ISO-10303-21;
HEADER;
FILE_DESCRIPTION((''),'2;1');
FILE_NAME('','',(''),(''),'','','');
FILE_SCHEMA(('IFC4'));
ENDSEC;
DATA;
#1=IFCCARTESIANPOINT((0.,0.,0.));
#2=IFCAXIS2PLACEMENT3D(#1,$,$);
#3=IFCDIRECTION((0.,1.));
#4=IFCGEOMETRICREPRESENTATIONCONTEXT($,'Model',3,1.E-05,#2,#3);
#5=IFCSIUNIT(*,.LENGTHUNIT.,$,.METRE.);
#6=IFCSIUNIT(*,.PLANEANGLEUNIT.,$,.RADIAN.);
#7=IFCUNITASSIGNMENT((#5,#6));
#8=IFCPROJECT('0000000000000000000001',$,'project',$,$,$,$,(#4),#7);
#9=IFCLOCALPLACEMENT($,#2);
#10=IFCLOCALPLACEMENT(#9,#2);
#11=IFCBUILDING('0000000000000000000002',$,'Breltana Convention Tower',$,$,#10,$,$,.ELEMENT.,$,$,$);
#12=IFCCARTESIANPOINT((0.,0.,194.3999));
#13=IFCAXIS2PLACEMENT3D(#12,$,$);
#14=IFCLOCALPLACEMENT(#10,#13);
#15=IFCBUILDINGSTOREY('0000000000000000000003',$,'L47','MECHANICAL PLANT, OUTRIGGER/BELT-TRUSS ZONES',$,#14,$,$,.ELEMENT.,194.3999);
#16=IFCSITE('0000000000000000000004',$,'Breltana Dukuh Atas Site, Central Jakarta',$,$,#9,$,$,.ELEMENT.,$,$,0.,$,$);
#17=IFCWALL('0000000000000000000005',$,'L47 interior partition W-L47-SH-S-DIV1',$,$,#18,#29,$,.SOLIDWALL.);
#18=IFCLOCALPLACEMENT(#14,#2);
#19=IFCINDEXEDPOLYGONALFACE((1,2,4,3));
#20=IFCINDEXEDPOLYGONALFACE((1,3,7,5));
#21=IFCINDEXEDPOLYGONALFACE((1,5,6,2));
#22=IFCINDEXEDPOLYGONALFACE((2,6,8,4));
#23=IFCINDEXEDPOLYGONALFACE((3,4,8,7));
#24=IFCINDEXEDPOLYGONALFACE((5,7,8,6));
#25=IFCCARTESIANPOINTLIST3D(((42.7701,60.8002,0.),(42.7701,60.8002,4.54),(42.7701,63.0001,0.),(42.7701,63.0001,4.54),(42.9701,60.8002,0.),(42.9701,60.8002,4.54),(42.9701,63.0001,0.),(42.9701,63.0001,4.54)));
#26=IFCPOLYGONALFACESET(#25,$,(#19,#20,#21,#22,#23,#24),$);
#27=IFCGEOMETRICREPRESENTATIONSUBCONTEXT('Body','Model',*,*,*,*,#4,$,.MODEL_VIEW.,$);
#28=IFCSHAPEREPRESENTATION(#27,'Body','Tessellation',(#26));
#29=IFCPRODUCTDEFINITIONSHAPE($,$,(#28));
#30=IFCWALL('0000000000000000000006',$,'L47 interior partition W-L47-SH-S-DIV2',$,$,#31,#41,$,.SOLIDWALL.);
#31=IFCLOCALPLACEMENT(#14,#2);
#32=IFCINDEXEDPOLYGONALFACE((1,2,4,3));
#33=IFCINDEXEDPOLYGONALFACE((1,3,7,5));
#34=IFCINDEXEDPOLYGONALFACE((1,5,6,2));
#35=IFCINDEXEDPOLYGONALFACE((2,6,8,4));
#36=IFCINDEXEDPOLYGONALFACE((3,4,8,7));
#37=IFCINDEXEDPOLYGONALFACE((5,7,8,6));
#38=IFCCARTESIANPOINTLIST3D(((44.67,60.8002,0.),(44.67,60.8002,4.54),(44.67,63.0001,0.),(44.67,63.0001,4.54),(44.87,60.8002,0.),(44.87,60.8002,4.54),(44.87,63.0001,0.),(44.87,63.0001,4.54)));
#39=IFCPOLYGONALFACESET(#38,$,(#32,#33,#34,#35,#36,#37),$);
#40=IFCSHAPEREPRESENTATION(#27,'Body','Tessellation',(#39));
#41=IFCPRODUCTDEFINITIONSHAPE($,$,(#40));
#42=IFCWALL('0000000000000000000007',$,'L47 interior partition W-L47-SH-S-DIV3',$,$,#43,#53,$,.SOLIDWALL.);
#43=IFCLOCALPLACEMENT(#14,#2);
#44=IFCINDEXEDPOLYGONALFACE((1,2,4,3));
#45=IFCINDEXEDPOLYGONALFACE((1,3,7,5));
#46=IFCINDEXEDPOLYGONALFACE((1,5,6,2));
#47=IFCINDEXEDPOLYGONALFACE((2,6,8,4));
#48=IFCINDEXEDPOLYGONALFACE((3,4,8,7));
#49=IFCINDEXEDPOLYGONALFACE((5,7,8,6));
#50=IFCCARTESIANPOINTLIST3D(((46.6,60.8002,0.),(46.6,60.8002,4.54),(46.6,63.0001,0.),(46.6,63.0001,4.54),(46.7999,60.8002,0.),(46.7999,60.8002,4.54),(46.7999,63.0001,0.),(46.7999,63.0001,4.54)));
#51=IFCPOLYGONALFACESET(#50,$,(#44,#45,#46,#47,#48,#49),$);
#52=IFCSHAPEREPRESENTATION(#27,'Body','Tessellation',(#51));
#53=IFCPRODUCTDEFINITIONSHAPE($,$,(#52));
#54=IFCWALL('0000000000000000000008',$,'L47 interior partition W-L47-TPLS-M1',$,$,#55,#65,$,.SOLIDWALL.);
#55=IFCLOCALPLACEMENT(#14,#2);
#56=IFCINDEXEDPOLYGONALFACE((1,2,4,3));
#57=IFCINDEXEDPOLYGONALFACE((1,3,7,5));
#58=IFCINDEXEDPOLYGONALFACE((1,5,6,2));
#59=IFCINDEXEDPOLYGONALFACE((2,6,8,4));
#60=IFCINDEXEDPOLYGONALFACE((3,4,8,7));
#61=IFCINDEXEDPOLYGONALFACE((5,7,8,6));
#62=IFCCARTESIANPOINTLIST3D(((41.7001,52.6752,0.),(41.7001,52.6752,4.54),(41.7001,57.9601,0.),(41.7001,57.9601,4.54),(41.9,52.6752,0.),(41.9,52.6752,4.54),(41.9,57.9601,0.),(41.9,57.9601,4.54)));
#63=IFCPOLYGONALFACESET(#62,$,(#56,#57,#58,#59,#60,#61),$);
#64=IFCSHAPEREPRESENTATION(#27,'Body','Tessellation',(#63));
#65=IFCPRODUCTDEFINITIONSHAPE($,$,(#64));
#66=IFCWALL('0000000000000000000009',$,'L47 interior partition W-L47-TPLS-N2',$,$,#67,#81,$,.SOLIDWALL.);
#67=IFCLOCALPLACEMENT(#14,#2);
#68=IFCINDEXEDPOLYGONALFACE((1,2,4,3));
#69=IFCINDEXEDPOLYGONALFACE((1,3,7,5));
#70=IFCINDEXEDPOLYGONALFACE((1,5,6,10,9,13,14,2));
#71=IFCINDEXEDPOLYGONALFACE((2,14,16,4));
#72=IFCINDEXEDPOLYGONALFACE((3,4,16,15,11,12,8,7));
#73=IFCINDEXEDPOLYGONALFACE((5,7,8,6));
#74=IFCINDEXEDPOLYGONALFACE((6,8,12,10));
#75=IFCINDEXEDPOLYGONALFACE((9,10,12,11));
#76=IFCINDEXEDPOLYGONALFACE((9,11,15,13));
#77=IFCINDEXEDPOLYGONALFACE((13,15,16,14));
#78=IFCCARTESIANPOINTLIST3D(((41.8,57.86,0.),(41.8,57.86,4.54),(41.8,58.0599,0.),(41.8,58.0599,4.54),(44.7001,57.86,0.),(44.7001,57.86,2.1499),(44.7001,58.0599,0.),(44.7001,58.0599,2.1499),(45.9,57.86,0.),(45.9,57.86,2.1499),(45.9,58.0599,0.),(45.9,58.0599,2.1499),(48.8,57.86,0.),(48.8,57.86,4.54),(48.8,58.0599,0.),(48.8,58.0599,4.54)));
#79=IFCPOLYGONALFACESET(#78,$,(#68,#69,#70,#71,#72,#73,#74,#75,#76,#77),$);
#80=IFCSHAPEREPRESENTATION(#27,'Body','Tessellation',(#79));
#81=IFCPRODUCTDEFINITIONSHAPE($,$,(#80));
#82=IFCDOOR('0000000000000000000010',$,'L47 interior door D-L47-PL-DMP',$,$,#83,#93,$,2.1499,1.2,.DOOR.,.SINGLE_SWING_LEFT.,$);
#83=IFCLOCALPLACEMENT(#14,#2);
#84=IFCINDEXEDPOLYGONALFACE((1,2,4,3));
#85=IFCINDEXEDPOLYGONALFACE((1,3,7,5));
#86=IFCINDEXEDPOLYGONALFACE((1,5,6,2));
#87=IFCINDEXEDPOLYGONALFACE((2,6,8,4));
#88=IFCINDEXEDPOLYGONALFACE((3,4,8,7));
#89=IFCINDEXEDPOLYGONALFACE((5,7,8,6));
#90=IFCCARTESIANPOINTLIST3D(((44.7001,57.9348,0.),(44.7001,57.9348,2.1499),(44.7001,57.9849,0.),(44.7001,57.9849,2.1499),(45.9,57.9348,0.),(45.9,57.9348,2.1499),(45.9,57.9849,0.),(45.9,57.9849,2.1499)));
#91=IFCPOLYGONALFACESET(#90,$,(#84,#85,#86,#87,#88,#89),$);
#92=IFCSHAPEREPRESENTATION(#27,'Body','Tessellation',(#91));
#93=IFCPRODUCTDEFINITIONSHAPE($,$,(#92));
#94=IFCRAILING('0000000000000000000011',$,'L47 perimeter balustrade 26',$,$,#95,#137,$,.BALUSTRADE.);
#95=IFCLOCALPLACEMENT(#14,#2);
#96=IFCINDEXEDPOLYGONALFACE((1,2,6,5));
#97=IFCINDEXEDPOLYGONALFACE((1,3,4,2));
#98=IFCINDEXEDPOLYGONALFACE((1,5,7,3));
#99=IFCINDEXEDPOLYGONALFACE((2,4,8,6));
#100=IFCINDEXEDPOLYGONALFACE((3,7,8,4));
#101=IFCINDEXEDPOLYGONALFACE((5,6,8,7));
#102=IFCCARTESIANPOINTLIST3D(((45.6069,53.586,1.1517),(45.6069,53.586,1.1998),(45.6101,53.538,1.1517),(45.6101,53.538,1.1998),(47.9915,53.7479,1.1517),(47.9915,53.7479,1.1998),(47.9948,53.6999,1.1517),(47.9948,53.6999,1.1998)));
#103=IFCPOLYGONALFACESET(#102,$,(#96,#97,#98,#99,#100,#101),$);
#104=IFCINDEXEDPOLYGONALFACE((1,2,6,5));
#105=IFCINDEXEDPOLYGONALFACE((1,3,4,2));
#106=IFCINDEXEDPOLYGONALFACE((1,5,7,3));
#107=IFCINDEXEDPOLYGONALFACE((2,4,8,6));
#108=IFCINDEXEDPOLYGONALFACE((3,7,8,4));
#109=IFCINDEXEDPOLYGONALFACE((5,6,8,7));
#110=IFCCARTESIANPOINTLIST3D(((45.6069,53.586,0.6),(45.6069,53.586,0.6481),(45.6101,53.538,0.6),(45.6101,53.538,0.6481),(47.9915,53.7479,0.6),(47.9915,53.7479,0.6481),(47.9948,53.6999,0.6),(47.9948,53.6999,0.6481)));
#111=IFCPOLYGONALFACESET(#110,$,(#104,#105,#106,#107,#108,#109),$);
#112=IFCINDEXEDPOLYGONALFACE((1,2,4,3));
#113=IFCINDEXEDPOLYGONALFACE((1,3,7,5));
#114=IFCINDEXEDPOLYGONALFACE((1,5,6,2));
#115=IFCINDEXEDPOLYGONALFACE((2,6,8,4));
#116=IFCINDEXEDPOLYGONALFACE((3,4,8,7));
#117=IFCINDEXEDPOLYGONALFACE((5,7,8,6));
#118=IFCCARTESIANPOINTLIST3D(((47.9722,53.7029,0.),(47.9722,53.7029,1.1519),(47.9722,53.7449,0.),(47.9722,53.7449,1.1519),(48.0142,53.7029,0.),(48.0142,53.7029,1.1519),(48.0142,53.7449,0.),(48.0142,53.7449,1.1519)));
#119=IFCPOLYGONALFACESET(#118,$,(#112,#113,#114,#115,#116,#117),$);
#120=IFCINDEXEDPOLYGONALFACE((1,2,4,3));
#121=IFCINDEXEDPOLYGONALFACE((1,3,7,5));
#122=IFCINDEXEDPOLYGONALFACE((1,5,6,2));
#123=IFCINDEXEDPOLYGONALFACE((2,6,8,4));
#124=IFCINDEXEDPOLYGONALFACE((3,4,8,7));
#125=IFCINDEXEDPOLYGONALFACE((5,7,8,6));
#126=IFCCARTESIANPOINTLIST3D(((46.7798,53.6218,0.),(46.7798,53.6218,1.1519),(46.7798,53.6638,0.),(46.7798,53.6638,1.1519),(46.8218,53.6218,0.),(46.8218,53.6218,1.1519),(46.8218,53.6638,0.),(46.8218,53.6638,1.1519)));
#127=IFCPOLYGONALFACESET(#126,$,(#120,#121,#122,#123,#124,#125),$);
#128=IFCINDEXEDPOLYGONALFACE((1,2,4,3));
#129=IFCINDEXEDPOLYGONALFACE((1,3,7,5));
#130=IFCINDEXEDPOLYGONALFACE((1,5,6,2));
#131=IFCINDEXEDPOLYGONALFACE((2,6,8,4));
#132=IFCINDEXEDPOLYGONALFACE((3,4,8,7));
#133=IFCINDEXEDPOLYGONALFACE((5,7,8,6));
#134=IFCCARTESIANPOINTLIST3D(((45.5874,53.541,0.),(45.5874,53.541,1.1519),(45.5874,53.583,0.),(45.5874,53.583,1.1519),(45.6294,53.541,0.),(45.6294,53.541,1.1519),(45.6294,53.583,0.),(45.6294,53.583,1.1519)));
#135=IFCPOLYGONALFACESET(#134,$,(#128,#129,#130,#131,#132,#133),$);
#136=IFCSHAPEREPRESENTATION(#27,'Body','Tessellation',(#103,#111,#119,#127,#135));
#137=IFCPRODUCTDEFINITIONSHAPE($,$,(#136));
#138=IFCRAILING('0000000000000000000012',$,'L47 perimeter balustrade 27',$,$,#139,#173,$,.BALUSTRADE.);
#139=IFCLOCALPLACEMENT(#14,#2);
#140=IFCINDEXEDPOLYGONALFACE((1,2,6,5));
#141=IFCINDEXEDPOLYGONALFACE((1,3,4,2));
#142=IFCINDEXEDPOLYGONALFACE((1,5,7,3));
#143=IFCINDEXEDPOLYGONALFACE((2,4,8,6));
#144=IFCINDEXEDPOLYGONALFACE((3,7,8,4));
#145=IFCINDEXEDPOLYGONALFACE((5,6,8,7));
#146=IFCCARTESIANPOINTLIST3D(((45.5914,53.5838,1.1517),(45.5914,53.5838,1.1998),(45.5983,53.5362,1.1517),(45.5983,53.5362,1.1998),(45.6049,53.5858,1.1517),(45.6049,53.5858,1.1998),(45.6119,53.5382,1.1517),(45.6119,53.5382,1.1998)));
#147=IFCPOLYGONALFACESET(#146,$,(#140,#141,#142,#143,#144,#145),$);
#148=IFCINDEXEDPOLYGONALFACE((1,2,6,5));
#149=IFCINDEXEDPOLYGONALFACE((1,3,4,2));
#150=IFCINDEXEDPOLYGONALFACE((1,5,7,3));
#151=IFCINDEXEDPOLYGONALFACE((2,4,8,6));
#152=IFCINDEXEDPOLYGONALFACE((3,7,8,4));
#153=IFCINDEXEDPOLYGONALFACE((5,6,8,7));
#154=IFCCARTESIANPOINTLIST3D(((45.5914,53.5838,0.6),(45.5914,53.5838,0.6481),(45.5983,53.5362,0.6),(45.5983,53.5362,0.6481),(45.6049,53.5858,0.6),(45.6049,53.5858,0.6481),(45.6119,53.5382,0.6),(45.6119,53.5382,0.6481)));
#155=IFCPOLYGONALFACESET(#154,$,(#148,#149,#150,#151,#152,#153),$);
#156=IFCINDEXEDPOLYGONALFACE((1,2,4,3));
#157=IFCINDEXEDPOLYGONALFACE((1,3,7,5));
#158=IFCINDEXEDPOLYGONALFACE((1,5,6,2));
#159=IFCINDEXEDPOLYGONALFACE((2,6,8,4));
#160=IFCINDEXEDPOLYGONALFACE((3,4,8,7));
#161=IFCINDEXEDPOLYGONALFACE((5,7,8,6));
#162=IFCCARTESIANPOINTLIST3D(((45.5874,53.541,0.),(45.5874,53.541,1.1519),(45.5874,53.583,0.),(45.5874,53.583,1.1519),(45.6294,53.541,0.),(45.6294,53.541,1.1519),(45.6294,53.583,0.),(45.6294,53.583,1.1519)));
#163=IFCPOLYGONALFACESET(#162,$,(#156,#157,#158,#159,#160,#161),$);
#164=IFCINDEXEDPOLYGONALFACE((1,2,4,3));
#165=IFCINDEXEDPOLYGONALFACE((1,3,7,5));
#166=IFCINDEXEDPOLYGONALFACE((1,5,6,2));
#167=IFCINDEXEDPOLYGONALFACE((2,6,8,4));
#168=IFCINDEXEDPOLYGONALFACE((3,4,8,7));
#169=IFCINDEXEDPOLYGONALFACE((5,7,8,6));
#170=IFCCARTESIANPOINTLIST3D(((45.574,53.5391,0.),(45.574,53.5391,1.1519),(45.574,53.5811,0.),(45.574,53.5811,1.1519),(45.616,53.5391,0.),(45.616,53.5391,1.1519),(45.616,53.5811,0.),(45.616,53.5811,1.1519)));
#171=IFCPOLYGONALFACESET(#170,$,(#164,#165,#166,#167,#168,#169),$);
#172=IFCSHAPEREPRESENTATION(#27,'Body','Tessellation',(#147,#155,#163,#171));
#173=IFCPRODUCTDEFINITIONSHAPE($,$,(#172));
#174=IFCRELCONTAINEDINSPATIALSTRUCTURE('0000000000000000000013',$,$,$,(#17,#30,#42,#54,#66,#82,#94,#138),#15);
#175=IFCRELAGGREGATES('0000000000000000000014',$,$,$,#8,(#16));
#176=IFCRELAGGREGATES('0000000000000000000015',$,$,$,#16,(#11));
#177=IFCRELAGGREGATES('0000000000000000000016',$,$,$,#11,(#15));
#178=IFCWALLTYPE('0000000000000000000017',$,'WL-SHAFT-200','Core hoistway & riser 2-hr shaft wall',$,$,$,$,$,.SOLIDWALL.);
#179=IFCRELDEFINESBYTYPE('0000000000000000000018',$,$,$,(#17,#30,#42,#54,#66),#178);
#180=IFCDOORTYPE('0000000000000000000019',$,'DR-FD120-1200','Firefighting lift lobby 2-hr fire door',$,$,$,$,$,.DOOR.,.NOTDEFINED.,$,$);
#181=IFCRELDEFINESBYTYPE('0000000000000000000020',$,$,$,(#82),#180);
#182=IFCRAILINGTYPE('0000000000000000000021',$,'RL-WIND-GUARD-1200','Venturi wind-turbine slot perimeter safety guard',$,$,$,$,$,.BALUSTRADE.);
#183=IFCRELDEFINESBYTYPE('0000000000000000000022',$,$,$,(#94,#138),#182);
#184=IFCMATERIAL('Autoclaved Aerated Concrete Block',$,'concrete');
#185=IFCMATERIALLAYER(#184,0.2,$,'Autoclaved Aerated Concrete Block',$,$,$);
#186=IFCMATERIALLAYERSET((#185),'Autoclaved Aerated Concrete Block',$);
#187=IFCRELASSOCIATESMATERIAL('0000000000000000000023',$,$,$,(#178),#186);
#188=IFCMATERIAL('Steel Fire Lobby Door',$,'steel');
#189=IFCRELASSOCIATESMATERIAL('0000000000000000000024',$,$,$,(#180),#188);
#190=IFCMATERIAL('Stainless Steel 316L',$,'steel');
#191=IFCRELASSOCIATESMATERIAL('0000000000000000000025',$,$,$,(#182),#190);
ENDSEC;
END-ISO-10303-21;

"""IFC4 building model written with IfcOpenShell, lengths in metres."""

from ifc_helpers import new_model, si_unit, direction, frame, frame_2d, origin, origin_2d, place, context, subcontext, project, spatial, rectangle, extrude, source, transform, mapped, material, layer, layer_set, type_object, type_shapes, element, fill, save


model = new_model("IFC4")

# Units and contexts
model_context = context("Model", 3, precision=1e-05, world=origin(), true_north=direction((0.0, 1.0)))
body_context = subcontext(model_context, "Body", "Model", "MODEL_VIEW")
ifc_project = project(units=[si_unit("LENGTHUNIT", "METRE"), si_unit("PLANEANGLEUNIT", "RADIAN")], contexts=[model_context])

# Site, building, storey
site_placement = place(None, origin())
site = spatial("IfcSite", under=ifc_project, at=site_placement, Name="Breltana Dukuh Atas Site, Central Jakarta", CompositionType="ELEMENT", RefElevation=0.0)
building_placement = place(site_placement, origin())
building = spatial("IfcBuilding", under=site, at=building_placement, Name="Breltana Convention Tower", CompositionType="ELEMENT")
storey_placement = place(building_placement, frame((0.0, 0.0, 194.3999)))
storey = spatial("IfcBuildingStorey", under=building, at=storey_placement, Name="L47", Description="MECHANICAL PLANT, OUTRIGGER/BELT-TRUSS ZONES", CompositionType="ELEMENT", Elevation=194.3999)

# Walls
ifc_material_1 = material(Name="Autoclaved Aerated Concrete Block", Category="concrete")
ifc_layer_1 = layer(ifc_material_1, 0.2, Name="Autoclaved Aerated Concrete Block")
ifc_layer_set_1 = layer_set([ifc_layer_1], Name="Autoclaved Aerated Concrete Block")
wall_type_1 = type_object("IfcWallType", Name="WL-SHAFT-200", Description="Core hoistway & riser 2-hr shaft wall", PredefinedType="SOLIDWALL", material=ifc_layer_set_1)
shared_shape_1 = source(origin(), body_context, "Body", "SweptSolid", [
    extrude(rectangle(XDim=2.2, YDim=0.2, at=frame_2d((1.1001, 0.0))), origin(), (0.0, 0.0, 1.0), 4.54),
])
for number, where, z_axis, x_axis, name in (
    (1, (42.8701, 60.8, 0.0), (0.0, 0.0, 1.0), (0.0, 1.0, 0.0), "L47 interior partition W-L47-SH-S-DIV1"),
    (2, (44.77, 60.8, 0.0), (0.0, 0.0, 1.0), (0.0, 1.0, 0.0), "L47 interior partition W-L47-SH-S-DIV2"),
    (3, (46.7, 60.8, 0.0), (0.0, 0.0, 1.0), (0.0, 1.0, 0.0), "L47 interior partition W-L47-SH-S-DIV3"),
):
    element("IfcWall", number, at=place(storey_placement, frame(where, z_axis=z_axis, x_axis=x_axis)), inside=storey, type_object=wall_type_1, Name=name, PredefinedType="SOLIDWALL", context=body_context, shape_type="MappedRepresentation", body=[
        mapped(shared_shape_1, transform((0.0, 0.0, 0.0), scale=1.0)),
    ])
shared_shape_2 = source(origin(), body_context, "Body", "SweptSolid", [
    extrude(rectangle(XDim=5.2849, YDim=0.2, at=frame_2d((2.6426, 0.0))), origin(), (0.0, 0.0, 1.0), 4.54),
])
wall_1_placement = place(storey_placement, frame((41.8, 52.675, 0.0), z_axis=(0.0, 0.0, 1.0), x_axis=(0.0, 1.0, 0.0)))
element("IfcWall", 4, at=wall_1_placement, inside=storey, type_object=wall_type_1, Name="L47 interior partition W-L47-TPLS-M1", PredefinedType="SOLIDWALL", context=body_context, shape_type="MappedRepresentation", body=[
    mapped(shared_shape_2, transform((0.0, 0.0, 0.0), scale=1.0)),
])

# Wall, opening, door
shared_shape_3 = source(origin(), body_context, "Body", "SweptSolid", [
    extrude(rectangle(XDim=7.0, YDim=0.2, at=frame_2d((3.5, 0.0))), origin(), (0.0, 0.0, 1.0), 4.54),
])
wall_2_placement = place(storey_placement, frame((41.8, 57.96, 0.0), z_axis=(0.0, 0.0, 1.0), x_axis=(1.0, 0.0, 0.0)))
wall_2 = element("IfcWall", 5, at=wall_2_placement, inside=storey, type_object=wall_type_1, Name="L47 interior partition W-L47-TPLS-N2", PredefinedType="SOLIDWALL", context=body_context, shape_type="MappedRepresentation", body=[
    mapped(shared_shape_3, transform((0.0, 0.0, 0.0), scale=1.0)),
])
opening_1_placement = place(wall_2_placement, frame((2.8999, 0.0, 0.0)))
opening_1 = element("IfcOpeningElement", 6, at=opening_1_placement, cuts=wall_2, PredefinedType="OPENING", context=body_context, shape_type="SweptSolid", body=[
    extrude(rectangle(XDim=1.2, YDim=2.1499, at=frame_2d((0.6001, 1.075))), frame((0.0, 0.1099, 0.0), z_axis=(0.0, -1.0, 0.0), x_axis=(1.0, 0.0, 0.0)), (0.0, 0.0, 1.0), 0.22),
])
ifc_material_2 = material(Name="Steel Fire Lobby Door", Category="steel")
door_type_1 = type_object("IfcDoorType", Name="DR-FD120-1200", Description="Firefighting lift lobby 2-hr fire door", OperationType="NOTDEFINED", PredefinedType="DOOR", material=ifc_material_2)
shared_shape_4 = source(origin(), body_context, "Body", "SweptSolid", [
    extrude(rectangle(XDim=1.2, YDim=2.1499, at=frame_2d((0.6001, 1.075))), frame((0.0, 0.0249, 0.0), z_axis=(0.0, -1.0, 0.0), x_axis=(1.0, 0.0, 0.0)), (0.0, 0.0, 1.0), 0.05),
])
type_shapes(door_type_1, [shared_shape_4])
door_1_placement = place(opening_1_placement, origin())
door_1 = element("IfcDoor", 7, at=door_1_placement, inside=storey, type_object=door_type_1, Name="L47 interior door D-L47-PL-DMP", OperationType="SINGLE_SWING_LEFT", OverallHeight=2.1499, OverallWidth=1.2, PredefinedType="DOOR", context=body_context, shape_type="MappedRepresentation", body=[
    mapped(shared_shape_4, transform((0.0, 0.0, 0.0), scale=1.0)),
])
fill(opening_1, door_1)

# Railings
ifc_material_3 = material(Name="Stainless Steel 316L", Category="steel")
railing_type = type_object("IfcRailingType", Name="RL-WIND-GUARD-1200", Description="Venturi wind-turbine slot perimeter safety guard", PredefinedType="BALUSTRADE", material=ifc_material_3)
railing_1_placement = place(storey_placement, frame((47.9932, 53.7239, 0.0)))
element("IfcRailing", 8, at=railing_1_placement, inside=storey, type_object=railing_type, Name="L47 perimeter balustrade 26", PredefinedType="BALUSTRADE", context=body_context, shape_type="SweptSolid", body=[
    extrude(rectangle(XDim=0.0481, YDim=0.0481, at=origin_2d()), frame((0.0, 0.0, 1.1758), z_axis=(-0.997704, -0.067719, 0.0), x_axis=(0.067719, -0.997704, 0.0)), (0.0, 0.0, 1.0), 2.3901),
    extrude(rectangle(XDim=0.0481, YDim=0.0481, at=origin_2d()), frame((0.0, 0.0, 0.624), z_axis=(-0.997704, -0.067719, 0.0), x_axis=(0.067719, -0.997704, 0.0)), (0.0, 0.0, 1.0), 2.3901),
    extrude(rectangle(XDim=0.042, YDim=0.042, at=origin_2d()), origin(), (0.0, 0.0, 1.0), 1.1519),
    extrude(rectangle(XDim=0.042, YDim=0.042, at=origin_2d()), frame((-1.1924, -0.0811, 0.0)), (0.0, 0.0, 1.0), 1.1519),
    extrude(rectangle(XDim=0.042, YDim=0.042, at=origin_2d()), frame((-2.3848, -0.1619, 0.0)), (0.0, 0.0, 1.0), 1.1519),
])
railing_2_placement = place(storey_placement, frame((45.6084, 53.562, 0.0)))
element("IfcRailing", 9, at=railing_2_placement, inside=storey, type_object=railing_type, Name="L47 perimeter balustrade 27", PredefinedType="BALUSTRADE", context=body_context, shape_type="SweptSolid", body=[
    extrude(rectangle(XDim=0.0481, YDim=0.0481, at=origin_2d()), frame((0.0, 0.0, 1.1758), z_axis=(-0.989586, -0.14394, 0.0), x_axis=(0.14394, -0.989586, 0.0)), (0.0, 0.0, 1.0), 0.0137),
    extrude(rectangle(XDim=0.0481, YDim=0.0481, at=origin_2d()), frame((0.0, 0.0, 0.624), z_axis=(-0.989586, -0.14394, 0.0), x_axis=(0.14394, -0.989586, 0.0)), (0.0, 0.0, 1.0), 0.0137),
    extrude(rectangle(XDim=0.042, YDim=0.042, at=origin_2d()), origin(), (0.0, 0.0, 1.0), 1.1519),
    extrude(rectangle(XDim=0.042, YDim=0.042, at=origin_2d()), frame((-0.0134, -0.002, 0.0)), (0.0, 0.0, 1.0), 1.1519),
])

save(model, "model.ifc")
